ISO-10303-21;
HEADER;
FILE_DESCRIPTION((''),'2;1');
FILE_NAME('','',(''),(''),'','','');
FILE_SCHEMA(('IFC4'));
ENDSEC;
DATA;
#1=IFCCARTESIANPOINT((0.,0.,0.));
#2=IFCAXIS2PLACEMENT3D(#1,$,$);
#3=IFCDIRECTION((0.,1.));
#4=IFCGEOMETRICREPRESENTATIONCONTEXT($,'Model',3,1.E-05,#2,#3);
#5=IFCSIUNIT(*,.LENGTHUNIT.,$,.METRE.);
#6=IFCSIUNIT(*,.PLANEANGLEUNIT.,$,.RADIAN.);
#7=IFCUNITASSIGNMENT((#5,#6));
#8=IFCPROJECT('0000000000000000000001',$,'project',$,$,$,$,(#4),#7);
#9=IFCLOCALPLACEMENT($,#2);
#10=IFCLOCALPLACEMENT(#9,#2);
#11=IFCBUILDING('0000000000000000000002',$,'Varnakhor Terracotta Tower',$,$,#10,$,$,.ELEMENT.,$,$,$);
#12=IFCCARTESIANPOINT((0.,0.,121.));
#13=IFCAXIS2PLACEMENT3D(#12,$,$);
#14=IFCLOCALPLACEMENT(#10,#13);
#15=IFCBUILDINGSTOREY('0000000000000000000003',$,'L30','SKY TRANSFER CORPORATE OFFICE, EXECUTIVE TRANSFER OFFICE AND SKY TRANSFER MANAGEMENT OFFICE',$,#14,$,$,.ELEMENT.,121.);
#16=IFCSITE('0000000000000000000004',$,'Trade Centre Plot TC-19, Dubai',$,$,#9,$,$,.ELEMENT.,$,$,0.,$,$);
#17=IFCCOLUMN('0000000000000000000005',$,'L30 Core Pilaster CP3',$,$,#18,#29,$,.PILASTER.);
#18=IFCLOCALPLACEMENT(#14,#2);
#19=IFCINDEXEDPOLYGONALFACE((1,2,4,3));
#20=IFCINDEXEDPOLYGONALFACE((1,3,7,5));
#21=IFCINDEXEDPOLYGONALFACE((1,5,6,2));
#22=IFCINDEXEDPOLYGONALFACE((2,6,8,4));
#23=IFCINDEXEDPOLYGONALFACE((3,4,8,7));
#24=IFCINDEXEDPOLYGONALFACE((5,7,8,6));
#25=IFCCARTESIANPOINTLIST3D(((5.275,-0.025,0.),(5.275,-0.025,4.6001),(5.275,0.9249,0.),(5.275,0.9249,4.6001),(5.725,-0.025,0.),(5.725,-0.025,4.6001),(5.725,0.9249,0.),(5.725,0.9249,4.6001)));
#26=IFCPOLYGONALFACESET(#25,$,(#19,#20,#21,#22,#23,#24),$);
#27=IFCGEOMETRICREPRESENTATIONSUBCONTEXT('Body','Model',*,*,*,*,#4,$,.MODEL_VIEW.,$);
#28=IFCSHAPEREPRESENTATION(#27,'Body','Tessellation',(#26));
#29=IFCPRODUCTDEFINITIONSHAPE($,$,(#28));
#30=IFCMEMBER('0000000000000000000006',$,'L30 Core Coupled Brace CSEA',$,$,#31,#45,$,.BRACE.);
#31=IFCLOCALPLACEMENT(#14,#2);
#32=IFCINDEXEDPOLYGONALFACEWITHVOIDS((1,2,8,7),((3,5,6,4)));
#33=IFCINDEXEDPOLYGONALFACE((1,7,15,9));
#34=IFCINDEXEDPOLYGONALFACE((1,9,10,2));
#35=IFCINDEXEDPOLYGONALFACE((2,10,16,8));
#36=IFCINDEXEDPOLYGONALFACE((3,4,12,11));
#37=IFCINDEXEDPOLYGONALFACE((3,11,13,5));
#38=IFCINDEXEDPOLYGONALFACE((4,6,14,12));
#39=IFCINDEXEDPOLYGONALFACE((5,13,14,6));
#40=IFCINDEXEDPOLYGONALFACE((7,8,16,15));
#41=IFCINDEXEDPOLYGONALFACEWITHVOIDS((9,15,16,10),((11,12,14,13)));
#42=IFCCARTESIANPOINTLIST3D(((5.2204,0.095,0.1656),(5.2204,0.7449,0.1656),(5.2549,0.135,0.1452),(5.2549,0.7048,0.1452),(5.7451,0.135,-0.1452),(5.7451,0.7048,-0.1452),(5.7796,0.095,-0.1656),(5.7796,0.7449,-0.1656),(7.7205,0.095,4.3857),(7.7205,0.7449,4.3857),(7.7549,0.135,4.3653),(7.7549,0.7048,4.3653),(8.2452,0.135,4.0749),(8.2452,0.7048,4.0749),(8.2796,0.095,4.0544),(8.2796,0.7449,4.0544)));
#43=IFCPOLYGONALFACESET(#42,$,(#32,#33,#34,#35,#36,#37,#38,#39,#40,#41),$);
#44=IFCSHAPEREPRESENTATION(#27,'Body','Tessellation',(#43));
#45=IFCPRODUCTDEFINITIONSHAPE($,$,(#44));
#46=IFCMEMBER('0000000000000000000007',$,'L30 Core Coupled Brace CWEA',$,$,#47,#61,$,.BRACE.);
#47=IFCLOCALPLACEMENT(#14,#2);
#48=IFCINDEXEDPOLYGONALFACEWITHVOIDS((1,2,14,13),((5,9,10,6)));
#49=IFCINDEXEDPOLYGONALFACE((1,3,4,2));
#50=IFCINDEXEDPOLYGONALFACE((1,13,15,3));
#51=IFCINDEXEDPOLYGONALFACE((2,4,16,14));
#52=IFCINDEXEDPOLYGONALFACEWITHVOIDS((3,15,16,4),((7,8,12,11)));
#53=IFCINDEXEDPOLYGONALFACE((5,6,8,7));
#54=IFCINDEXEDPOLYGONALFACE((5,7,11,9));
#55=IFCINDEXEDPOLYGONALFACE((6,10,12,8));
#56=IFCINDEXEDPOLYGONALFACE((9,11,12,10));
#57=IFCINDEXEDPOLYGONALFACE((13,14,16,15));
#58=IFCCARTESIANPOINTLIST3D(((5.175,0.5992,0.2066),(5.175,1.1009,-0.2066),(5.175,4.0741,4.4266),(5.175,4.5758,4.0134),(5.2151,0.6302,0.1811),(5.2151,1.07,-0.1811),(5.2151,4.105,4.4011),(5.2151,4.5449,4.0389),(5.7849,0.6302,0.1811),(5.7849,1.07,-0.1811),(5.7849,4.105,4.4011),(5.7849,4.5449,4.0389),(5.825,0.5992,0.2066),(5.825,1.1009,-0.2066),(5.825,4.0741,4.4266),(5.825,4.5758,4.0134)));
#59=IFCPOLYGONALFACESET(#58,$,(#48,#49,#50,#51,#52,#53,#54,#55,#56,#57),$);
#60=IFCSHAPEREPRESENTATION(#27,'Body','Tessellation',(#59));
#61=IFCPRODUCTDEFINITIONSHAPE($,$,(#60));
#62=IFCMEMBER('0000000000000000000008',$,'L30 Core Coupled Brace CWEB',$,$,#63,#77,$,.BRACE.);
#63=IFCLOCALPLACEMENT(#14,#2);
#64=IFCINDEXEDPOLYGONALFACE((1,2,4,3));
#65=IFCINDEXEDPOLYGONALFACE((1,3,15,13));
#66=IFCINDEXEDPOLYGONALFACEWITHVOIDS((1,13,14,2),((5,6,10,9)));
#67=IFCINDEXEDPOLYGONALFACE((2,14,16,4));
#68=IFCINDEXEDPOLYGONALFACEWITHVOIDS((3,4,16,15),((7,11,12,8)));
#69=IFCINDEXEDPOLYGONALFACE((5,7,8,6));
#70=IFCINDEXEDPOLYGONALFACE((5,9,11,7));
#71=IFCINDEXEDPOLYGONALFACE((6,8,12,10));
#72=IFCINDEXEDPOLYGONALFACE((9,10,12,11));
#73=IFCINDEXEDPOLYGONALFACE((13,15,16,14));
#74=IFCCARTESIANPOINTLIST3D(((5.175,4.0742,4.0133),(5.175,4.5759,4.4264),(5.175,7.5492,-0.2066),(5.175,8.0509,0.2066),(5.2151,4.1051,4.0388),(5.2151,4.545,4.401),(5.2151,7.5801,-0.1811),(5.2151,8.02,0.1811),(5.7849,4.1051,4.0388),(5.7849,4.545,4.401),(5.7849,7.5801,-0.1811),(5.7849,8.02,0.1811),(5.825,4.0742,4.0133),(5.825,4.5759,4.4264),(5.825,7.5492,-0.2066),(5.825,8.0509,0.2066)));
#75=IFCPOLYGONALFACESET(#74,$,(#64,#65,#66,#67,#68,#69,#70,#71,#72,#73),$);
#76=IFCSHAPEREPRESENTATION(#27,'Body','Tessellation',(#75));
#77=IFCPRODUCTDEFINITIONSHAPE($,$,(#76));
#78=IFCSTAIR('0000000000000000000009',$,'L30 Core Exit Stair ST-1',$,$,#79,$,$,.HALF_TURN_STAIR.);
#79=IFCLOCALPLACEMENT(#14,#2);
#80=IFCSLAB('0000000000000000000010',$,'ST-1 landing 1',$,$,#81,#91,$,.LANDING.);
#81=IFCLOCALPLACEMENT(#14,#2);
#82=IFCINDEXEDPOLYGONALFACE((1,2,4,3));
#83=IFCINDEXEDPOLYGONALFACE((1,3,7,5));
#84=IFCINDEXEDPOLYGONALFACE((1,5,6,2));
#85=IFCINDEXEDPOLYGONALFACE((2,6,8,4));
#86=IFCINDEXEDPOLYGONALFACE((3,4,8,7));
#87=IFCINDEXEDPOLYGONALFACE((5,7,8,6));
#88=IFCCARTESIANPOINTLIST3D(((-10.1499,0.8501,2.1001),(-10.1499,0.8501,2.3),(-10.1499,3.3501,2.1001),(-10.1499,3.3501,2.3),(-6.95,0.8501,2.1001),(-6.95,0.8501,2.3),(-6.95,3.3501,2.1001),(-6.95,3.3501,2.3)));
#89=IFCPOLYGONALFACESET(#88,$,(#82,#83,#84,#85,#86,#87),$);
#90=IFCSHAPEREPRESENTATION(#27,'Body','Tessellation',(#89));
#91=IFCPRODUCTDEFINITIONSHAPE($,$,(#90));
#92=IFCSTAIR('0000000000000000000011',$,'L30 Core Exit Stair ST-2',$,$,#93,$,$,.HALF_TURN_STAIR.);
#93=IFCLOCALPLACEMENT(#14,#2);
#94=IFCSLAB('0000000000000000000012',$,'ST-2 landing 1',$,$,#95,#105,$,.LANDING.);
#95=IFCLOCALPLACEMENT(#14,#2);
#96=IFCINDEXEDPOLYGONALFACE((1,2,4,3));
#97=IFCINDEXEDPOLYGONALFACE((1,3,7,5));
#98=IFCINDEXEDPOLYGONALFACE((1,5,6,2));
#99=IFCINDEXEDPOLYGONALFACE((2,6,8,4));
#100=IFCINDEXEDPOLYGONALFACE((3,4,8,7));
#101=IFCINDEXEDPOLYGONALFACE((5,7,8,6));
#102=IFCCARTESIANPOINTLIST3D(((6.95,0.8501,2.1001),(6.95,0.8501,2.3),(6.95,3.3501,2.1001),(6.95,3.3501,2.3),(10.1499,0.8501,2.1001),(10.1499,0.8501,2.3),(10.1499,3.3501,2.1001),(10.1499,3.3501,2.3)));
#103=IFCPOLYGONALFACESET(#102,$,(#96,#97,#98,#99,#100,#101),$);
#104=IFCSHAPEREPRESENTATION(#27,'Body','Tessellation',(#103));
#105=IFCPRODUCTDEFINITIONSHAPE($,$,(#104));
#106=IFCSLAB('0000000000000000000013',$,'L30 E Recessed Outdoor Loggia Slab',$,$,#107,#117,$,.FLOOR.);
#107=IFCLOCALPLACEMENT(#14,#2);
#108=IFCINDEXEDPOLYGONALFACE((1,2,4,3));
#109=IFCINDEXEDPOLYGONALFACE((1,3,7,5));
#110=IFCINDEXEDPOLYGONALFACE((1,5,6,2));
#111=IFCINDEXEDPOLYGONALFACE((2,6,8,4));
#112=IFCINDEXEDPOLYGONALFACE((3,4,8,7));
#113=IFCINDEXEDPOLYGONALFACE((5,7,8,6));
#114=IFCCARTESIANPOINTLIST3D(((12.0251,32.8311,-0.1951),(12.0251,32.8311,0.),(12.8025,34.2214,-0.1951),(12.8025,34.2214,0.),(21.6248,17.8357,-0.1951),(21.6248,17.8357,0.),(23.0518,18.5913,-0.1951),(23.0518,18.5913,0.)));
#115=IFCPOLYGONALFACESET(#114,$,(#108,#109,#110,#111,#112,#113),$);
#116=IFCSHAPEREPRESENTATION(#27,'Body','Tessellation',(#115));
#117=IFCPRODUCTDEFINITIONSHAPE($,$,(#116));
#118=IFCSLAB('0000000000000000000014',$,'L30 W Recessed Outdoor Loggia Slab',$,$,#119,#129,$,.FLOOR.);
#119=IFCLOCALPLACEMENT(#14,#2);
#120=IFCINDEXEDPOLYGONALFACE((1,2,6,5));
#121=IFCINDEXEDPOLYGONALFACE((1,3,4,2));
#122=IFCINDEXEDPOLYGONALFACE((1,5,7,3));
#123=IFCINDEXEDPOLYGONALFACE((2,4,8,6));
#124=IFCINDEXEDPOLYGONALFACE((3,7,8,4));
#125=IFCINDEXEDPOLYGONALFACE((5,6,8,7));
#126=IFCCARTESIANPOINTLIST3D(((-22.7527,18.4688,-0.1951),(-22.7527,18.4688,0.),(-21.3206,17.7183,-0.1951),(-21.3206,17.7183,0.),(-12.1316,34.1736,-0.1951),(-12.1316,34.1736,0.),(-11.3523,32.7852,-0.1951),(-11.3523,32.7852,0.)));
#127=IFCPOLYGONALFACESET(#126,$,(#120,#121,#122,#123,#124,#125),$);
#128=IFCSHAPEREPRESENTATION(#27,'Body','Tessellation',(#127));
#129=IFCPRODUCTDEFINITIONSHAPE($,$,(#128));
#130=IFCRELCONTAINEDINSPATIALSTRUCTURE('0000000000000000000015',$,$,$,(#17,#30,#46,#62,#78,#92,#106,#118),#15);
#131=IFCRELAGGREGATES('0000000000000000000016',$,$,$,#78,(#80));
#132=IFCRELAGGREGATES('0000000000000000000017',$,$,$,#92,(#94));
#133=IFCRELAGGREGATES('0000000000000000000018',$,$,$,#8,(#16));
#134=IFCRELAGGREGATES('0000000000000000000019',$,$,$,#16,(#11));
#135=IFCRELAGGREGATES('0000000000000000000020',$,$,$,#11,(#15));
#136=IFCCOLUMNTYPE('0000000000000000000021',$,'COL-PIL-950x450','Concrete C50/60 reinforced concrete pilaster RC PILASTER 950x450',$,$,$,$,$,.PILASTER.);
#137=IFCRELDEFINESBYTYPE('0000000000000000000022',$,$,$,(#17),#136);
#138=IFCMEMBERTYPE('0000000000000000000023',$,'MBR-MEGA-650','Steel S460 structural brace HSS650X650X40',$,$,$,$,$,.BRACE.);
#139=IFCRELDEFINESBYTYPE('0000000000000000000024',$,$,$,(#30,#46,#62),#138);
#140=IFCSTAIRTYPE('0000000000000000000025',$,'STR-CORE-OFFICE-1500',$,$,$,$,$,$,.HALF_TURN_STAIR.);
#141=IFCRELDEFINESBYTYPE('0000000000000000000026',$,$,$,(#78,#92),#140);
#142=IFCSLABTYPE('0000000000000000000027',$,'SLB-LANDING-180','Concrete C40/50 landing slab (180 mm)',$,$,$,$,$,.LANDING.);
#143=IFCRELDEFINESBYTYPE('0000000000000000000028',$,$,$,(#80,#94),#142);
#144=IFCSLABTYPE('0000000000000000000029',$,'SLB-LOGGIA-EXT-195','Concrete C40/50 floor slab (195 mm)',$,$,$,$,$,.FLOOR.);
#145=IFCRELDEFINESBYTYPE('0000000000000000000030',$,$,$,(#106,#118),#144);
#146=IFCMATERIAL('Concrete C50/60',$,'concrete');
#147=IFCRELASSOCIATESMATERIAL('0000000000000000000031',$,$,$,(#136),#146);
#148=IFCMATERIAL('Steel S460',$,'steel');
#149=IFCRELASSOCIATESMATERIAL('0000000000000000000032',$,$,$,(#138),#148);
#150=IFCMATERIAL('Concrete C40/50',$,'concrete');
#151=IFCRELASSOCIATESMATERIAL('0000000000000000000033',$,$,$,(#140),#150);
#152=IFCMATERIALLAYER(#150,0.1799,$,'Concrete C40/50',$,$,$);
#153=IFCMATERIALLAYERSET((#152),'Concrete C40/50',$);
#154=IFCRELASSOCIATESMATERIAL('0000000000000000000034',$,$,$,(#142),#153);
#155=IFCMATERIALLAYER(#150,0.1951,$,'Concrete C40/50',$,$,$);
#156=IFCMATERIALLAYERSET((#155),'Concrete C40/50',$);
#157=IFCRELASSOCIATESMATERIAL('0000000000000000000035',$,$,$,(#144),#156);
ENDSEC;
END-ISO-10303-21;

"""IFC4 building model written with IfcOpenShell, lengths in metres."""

from ifc_helpers import new_model, si_unit, direction, frame, origin, origin_2d, place, context, subcontext, project, spatial, polyline, rectangle, hollow_rectangle, outline, extrude, source, transform, mapped, material, layer, layer_set, material_profile, profile_set, type_object, type_shapes, element, aggregate, save


model = new_model("IFC4")

# Units and contexts
model_context = context("Model", 3, precision=1e-05, world=origin(), true_north=direction((0.0, 1.0)))
body_context = subcontext(model_context, "Body", "Model", "MODEL_VIEW")
ifc_project = project(units=[si_unit("LENGTHUNIT", "METRE"), si_unit("PLANEANGLEUNIT", "RADIAN")], contexts=[model_context])

# Site, building, storey
site_placement = place(None, origin())
site = spatial("IfcSite", under=ifc_project, at=site_placement, Name="Trade Centre Plot TC-19, Dubai", CompositionType="ELEMENT", RefElevation=0.0)
building_placement = place(site_placement, origin())
building = spatial("IfcBuilding", under=site, at=building_placement, Name="Varnakhor Terracotta Tower", CompositionType="ELEMENT")
storey_placement = place(building_placement, frame((0.0, 0.0, 121.0)))
storey = spatial("IfcBuildingStorey", under=building, at=storey_placement, Name="L30", Description="SKY TRANSFER CORPORATE OFFICE, EXECUTIVE TRANSFER OFFICE AND SKY TRANSFER MANAGEMENT OFFICE", CompositionType="ELEMENT", Elevation=121.0)

# Column
ifc_material_1 = material(Name="Concrete C50/60", Category="concrete")
ifc_material_profile_1 = material_profile(ifc_material_1, rectangle(XDim=0.45, YDim=0.95, at=origin_2d()), Name="RC PILASTER 950x450")
ifc_profile_set_1 = profile_set([ifc_material_profile_1], Name="Concrete C50/60")
column_type = type_object("IfcColumnType", Name="COL-PIL-950x450", Description="Concrete C50/60 reinforced concrete pilaster RC PILASTER 950x450", PredefinedType="PILASTER", material=ifc_profile_set_1)
shared_shape_1 = source(origin(), body_context, "Body", "SweptSolid", [
    extrude(rectangle(XDim=0.45, YDim=0.95, at=origin_2d()), origin(), (0.0, 0.0, 1.0), 4.6001),
])
column_placement = place(storey_placement, frame((5.5, 0.45, 0.0), z_axis=(0.0, 0.0, 1.0), x_axis=(1.0, 0.0, 0.0)))
element("IfcColumn", 1, at=column_placement, inside=storey, type_object=column_type, Name="L30 Core Pilaster CP3", PredefinedType="PILASTER", context=body_context, shape_type="MappedRepresentation", body=[
    mapped(shared_shape_1, transform((0.0, 0.0, 0.0), scale=1.0)),
])

# Members
ifc_material_2 = material(Name="Steel S460", Category="steel")
ifc_material_profile_2 = material_profile(ifc_material_2, hollow_rectangle(XDim=0.6499, YDim=0.6499, WallThickness=0.04, at=origin_2d()), Name="HSS650X650X40")
ifc_profile_set_2 = profile_set([ifc_material_profile_2], Name="Steel S460")
member_type = type_object("IfcMemberType", Name="MBR-MEGA-650", Description="Steel S460 structural brace HSS650X650X40", PredefinedType="BRACE", material=ifc_profile_set_2)
shared_shape_2 = source(origin(), body_context, "Body", "SweptSolid", [
    extrude(hollow_rectangle(XDim=0.6499, YDim=0.6499, WallThickness=0.04, at=origin_2d()), origin(), (0.0, 0.0, 1.0), 4.905),
])
type_shapes(member_type, [shared_shape_2])
member_placement = place(storey_placement, frame((5.5, 0.4199, 0.0), z_axis=(0.509693, 0.0, 0.860356), x_axis=(0.0, 1.0, 0.0)))
element("IfcMember", 2, at=member_placement, inside=storey, type_object=member_type, Name="L30 Core Coupled Brace CSEA", PredefinedType="BRACE", context=body_context, shape_type="MappedRepresentation", body=[
    mapped(shared_shape_2, transform((0.0, 0.0, 0.0), scale=1.0)),
])
shared_shape_3 = source(origin(), body_context, "Body", "SweptSolid", [
    extrude(hollow_rectangle(XDim=0.6499, YDim=0.6499, WallThickness=0.04, at=origin_2d()), origin(), (0.0, 0.0, 1.0), 5.4666),
])
for number, where, z_axis, x_axis, name in (
    (3, (5.5, 0.8501, 0.0), (0.0, 0.635662, 0.771968), (-1.0, 0.0, 0.0), "L30 Core Coupled Brace CWEA"),
    (4, (5.5, 7.8, 0.0), (0.0, -0.635688, 0.771946), (1.0, 0.0, 0.0), "L30 Core Coupled Brace CWEB"),
):
    element("IfcMember", number, at=place(storey_placement, frame(where, z_axis=z_axis, x_axis=x_axis)), inside=storey, type_object=member_type, Name=name, PredefinedType="BRACE", context=body_context, shape_type="MappedRepresentation", body=[
        mapped(shared_shape_3, transform((0.0, 0.0, 0.0), scale=1.0)),
    ])

# Stairs, slabs
ifc_material_3 = material(Name="Concrete C40/50", Category="concrete")
stair_type = type_object("IfcStairType", Name="STR-CORE-OFFICE-1500", PredefinedType="HALF_TURN_STAIR", material=ifc_material_3)
stair_1_placement = place(storey_placement, origin())
stair_1 = element("IfcStair", 5, at=stair_1_placement, inside=storey, type_object=stair_type, Name="L30 Core Exit Stair ST-1", PredefinedType="HALF_TURN_STAIR")
ifc_layer_1 = layer(ifc_material_3, 0.1799, Name="Concrete C40/50")
ifc_layer_set_1 = layer_set([ifc_layer_1], Name="Concrete C40/50")
slab_type_1 = type_object("IfcSlabType", Name="SLB-LANDING-180", Description="Concrete C40/50 landing slab (180 mm)", PredefinedType="LANDING", material=ifc_layer_set_1)
slab_1_placement = place(storey_placement, frame((0.0, 0.0, 2.1001)))
slab_1 = element("IfcSlab", 6, at=slab_1_placement, type_object=slab_type_1, Name="ST-1 landing 1", PredefinedType="LANDING", context=body_context, shape_type="SweptSolid", body=[
    extrude(outline(polyline([(-10.1499, 3.3501), (-10.1499, 0.8501), (-6.95, 0.8501), (-6.95, 3.3501), (-10.1499, 3.3501)])), origin(), (0.0, 0.0, 1.0), 0.2),
])
aggregate(stair_1, [slab_1])
stair_2_placement = place(storey_placement, origin())
stair_2 = element("IfcStair", 7, at=stair_2_placement, inside=storey, type_object=stair_type, Name="L30 Core Exit Stair ST-2", PredefinedType="HALF_TURN_STAIR")
slab_2_placement = place(storey_placement, frame((0.0, 0.0, 2.1001)))
slab_2 = element("IfcSlab", 8, at=slab_2_placement, type_object=slab_type_1, Name="ST-2 landing 1", PredefinedType="LANDING", context=body_context, shape_type="SweptSolid", body=[
    extrude(outline(polyline([(6.95, 3.3501), (6.95, 0.8501), (10.1499, 0.8501), (10.1499, 3.3501), (6.95, 3.3501)])), origin(), (0.0, 0.0, 1.0), 0.2),
])

# Slabs
ifc_layer_2 = layer(ifc_material_3, 0.1951, Name="Concrete C40/50")
ifc_layer_set_2 = layer_set([ifc_layer_2], Name="Concrete C40/50")
slab_type_2 = type_object("IfcSlabType", Name="SLB-LOGGIA-EXT-195", Description="Concrete C40/50 floor slab (195 mm)", PredefinedType="FLOOR", material=ifc_layer_set_2)
slab_3_placement = place(storey_placement, frame((0.0, 0.0, -0.1951)))
element("IfcSlab", 9, at=slab_3_placement, inside=storey, type_object=slab_type_2, Name="L30 E Recessed Outdoor Loggia Slab", PredefinedType="FLOOR", context=body_context, shape_type="SweptSolid", body=[
    extrude(outline(polyline([(12.8025, 34.2214), (23.0518, 18.5913), (21.6248, 17.8357), (12.0251, 32.8311), (12.8025, 34.2214)])), origin(), (0.0, 0.0, 1.0), 0.1951),
])
slab_4_placement = place(storey_placement, frame((0.0, 0.0, -0.1951)))
element("IfcSlab", 10, at=slab_4_placement, inside=storey, type_object=slab_type_2, Name="L30 W Recessed Outdoor Loggia Slab", PredefinedType="FLOOR", context=body_context, shape_type="SweptSolid", body=[
    extrude(outline(polyline([(-22.7527, 18.4688), (-12.1316, 34.1736), (-11.3523, 32.7852), (-21.3206, 17.7183), (-22.7527, 18.4688)])), origin(), (0.0, 0.0, 1.0), 0.1951),
])

aggregate(stair_2, [slab_2])

save(model, "model.ifc")
